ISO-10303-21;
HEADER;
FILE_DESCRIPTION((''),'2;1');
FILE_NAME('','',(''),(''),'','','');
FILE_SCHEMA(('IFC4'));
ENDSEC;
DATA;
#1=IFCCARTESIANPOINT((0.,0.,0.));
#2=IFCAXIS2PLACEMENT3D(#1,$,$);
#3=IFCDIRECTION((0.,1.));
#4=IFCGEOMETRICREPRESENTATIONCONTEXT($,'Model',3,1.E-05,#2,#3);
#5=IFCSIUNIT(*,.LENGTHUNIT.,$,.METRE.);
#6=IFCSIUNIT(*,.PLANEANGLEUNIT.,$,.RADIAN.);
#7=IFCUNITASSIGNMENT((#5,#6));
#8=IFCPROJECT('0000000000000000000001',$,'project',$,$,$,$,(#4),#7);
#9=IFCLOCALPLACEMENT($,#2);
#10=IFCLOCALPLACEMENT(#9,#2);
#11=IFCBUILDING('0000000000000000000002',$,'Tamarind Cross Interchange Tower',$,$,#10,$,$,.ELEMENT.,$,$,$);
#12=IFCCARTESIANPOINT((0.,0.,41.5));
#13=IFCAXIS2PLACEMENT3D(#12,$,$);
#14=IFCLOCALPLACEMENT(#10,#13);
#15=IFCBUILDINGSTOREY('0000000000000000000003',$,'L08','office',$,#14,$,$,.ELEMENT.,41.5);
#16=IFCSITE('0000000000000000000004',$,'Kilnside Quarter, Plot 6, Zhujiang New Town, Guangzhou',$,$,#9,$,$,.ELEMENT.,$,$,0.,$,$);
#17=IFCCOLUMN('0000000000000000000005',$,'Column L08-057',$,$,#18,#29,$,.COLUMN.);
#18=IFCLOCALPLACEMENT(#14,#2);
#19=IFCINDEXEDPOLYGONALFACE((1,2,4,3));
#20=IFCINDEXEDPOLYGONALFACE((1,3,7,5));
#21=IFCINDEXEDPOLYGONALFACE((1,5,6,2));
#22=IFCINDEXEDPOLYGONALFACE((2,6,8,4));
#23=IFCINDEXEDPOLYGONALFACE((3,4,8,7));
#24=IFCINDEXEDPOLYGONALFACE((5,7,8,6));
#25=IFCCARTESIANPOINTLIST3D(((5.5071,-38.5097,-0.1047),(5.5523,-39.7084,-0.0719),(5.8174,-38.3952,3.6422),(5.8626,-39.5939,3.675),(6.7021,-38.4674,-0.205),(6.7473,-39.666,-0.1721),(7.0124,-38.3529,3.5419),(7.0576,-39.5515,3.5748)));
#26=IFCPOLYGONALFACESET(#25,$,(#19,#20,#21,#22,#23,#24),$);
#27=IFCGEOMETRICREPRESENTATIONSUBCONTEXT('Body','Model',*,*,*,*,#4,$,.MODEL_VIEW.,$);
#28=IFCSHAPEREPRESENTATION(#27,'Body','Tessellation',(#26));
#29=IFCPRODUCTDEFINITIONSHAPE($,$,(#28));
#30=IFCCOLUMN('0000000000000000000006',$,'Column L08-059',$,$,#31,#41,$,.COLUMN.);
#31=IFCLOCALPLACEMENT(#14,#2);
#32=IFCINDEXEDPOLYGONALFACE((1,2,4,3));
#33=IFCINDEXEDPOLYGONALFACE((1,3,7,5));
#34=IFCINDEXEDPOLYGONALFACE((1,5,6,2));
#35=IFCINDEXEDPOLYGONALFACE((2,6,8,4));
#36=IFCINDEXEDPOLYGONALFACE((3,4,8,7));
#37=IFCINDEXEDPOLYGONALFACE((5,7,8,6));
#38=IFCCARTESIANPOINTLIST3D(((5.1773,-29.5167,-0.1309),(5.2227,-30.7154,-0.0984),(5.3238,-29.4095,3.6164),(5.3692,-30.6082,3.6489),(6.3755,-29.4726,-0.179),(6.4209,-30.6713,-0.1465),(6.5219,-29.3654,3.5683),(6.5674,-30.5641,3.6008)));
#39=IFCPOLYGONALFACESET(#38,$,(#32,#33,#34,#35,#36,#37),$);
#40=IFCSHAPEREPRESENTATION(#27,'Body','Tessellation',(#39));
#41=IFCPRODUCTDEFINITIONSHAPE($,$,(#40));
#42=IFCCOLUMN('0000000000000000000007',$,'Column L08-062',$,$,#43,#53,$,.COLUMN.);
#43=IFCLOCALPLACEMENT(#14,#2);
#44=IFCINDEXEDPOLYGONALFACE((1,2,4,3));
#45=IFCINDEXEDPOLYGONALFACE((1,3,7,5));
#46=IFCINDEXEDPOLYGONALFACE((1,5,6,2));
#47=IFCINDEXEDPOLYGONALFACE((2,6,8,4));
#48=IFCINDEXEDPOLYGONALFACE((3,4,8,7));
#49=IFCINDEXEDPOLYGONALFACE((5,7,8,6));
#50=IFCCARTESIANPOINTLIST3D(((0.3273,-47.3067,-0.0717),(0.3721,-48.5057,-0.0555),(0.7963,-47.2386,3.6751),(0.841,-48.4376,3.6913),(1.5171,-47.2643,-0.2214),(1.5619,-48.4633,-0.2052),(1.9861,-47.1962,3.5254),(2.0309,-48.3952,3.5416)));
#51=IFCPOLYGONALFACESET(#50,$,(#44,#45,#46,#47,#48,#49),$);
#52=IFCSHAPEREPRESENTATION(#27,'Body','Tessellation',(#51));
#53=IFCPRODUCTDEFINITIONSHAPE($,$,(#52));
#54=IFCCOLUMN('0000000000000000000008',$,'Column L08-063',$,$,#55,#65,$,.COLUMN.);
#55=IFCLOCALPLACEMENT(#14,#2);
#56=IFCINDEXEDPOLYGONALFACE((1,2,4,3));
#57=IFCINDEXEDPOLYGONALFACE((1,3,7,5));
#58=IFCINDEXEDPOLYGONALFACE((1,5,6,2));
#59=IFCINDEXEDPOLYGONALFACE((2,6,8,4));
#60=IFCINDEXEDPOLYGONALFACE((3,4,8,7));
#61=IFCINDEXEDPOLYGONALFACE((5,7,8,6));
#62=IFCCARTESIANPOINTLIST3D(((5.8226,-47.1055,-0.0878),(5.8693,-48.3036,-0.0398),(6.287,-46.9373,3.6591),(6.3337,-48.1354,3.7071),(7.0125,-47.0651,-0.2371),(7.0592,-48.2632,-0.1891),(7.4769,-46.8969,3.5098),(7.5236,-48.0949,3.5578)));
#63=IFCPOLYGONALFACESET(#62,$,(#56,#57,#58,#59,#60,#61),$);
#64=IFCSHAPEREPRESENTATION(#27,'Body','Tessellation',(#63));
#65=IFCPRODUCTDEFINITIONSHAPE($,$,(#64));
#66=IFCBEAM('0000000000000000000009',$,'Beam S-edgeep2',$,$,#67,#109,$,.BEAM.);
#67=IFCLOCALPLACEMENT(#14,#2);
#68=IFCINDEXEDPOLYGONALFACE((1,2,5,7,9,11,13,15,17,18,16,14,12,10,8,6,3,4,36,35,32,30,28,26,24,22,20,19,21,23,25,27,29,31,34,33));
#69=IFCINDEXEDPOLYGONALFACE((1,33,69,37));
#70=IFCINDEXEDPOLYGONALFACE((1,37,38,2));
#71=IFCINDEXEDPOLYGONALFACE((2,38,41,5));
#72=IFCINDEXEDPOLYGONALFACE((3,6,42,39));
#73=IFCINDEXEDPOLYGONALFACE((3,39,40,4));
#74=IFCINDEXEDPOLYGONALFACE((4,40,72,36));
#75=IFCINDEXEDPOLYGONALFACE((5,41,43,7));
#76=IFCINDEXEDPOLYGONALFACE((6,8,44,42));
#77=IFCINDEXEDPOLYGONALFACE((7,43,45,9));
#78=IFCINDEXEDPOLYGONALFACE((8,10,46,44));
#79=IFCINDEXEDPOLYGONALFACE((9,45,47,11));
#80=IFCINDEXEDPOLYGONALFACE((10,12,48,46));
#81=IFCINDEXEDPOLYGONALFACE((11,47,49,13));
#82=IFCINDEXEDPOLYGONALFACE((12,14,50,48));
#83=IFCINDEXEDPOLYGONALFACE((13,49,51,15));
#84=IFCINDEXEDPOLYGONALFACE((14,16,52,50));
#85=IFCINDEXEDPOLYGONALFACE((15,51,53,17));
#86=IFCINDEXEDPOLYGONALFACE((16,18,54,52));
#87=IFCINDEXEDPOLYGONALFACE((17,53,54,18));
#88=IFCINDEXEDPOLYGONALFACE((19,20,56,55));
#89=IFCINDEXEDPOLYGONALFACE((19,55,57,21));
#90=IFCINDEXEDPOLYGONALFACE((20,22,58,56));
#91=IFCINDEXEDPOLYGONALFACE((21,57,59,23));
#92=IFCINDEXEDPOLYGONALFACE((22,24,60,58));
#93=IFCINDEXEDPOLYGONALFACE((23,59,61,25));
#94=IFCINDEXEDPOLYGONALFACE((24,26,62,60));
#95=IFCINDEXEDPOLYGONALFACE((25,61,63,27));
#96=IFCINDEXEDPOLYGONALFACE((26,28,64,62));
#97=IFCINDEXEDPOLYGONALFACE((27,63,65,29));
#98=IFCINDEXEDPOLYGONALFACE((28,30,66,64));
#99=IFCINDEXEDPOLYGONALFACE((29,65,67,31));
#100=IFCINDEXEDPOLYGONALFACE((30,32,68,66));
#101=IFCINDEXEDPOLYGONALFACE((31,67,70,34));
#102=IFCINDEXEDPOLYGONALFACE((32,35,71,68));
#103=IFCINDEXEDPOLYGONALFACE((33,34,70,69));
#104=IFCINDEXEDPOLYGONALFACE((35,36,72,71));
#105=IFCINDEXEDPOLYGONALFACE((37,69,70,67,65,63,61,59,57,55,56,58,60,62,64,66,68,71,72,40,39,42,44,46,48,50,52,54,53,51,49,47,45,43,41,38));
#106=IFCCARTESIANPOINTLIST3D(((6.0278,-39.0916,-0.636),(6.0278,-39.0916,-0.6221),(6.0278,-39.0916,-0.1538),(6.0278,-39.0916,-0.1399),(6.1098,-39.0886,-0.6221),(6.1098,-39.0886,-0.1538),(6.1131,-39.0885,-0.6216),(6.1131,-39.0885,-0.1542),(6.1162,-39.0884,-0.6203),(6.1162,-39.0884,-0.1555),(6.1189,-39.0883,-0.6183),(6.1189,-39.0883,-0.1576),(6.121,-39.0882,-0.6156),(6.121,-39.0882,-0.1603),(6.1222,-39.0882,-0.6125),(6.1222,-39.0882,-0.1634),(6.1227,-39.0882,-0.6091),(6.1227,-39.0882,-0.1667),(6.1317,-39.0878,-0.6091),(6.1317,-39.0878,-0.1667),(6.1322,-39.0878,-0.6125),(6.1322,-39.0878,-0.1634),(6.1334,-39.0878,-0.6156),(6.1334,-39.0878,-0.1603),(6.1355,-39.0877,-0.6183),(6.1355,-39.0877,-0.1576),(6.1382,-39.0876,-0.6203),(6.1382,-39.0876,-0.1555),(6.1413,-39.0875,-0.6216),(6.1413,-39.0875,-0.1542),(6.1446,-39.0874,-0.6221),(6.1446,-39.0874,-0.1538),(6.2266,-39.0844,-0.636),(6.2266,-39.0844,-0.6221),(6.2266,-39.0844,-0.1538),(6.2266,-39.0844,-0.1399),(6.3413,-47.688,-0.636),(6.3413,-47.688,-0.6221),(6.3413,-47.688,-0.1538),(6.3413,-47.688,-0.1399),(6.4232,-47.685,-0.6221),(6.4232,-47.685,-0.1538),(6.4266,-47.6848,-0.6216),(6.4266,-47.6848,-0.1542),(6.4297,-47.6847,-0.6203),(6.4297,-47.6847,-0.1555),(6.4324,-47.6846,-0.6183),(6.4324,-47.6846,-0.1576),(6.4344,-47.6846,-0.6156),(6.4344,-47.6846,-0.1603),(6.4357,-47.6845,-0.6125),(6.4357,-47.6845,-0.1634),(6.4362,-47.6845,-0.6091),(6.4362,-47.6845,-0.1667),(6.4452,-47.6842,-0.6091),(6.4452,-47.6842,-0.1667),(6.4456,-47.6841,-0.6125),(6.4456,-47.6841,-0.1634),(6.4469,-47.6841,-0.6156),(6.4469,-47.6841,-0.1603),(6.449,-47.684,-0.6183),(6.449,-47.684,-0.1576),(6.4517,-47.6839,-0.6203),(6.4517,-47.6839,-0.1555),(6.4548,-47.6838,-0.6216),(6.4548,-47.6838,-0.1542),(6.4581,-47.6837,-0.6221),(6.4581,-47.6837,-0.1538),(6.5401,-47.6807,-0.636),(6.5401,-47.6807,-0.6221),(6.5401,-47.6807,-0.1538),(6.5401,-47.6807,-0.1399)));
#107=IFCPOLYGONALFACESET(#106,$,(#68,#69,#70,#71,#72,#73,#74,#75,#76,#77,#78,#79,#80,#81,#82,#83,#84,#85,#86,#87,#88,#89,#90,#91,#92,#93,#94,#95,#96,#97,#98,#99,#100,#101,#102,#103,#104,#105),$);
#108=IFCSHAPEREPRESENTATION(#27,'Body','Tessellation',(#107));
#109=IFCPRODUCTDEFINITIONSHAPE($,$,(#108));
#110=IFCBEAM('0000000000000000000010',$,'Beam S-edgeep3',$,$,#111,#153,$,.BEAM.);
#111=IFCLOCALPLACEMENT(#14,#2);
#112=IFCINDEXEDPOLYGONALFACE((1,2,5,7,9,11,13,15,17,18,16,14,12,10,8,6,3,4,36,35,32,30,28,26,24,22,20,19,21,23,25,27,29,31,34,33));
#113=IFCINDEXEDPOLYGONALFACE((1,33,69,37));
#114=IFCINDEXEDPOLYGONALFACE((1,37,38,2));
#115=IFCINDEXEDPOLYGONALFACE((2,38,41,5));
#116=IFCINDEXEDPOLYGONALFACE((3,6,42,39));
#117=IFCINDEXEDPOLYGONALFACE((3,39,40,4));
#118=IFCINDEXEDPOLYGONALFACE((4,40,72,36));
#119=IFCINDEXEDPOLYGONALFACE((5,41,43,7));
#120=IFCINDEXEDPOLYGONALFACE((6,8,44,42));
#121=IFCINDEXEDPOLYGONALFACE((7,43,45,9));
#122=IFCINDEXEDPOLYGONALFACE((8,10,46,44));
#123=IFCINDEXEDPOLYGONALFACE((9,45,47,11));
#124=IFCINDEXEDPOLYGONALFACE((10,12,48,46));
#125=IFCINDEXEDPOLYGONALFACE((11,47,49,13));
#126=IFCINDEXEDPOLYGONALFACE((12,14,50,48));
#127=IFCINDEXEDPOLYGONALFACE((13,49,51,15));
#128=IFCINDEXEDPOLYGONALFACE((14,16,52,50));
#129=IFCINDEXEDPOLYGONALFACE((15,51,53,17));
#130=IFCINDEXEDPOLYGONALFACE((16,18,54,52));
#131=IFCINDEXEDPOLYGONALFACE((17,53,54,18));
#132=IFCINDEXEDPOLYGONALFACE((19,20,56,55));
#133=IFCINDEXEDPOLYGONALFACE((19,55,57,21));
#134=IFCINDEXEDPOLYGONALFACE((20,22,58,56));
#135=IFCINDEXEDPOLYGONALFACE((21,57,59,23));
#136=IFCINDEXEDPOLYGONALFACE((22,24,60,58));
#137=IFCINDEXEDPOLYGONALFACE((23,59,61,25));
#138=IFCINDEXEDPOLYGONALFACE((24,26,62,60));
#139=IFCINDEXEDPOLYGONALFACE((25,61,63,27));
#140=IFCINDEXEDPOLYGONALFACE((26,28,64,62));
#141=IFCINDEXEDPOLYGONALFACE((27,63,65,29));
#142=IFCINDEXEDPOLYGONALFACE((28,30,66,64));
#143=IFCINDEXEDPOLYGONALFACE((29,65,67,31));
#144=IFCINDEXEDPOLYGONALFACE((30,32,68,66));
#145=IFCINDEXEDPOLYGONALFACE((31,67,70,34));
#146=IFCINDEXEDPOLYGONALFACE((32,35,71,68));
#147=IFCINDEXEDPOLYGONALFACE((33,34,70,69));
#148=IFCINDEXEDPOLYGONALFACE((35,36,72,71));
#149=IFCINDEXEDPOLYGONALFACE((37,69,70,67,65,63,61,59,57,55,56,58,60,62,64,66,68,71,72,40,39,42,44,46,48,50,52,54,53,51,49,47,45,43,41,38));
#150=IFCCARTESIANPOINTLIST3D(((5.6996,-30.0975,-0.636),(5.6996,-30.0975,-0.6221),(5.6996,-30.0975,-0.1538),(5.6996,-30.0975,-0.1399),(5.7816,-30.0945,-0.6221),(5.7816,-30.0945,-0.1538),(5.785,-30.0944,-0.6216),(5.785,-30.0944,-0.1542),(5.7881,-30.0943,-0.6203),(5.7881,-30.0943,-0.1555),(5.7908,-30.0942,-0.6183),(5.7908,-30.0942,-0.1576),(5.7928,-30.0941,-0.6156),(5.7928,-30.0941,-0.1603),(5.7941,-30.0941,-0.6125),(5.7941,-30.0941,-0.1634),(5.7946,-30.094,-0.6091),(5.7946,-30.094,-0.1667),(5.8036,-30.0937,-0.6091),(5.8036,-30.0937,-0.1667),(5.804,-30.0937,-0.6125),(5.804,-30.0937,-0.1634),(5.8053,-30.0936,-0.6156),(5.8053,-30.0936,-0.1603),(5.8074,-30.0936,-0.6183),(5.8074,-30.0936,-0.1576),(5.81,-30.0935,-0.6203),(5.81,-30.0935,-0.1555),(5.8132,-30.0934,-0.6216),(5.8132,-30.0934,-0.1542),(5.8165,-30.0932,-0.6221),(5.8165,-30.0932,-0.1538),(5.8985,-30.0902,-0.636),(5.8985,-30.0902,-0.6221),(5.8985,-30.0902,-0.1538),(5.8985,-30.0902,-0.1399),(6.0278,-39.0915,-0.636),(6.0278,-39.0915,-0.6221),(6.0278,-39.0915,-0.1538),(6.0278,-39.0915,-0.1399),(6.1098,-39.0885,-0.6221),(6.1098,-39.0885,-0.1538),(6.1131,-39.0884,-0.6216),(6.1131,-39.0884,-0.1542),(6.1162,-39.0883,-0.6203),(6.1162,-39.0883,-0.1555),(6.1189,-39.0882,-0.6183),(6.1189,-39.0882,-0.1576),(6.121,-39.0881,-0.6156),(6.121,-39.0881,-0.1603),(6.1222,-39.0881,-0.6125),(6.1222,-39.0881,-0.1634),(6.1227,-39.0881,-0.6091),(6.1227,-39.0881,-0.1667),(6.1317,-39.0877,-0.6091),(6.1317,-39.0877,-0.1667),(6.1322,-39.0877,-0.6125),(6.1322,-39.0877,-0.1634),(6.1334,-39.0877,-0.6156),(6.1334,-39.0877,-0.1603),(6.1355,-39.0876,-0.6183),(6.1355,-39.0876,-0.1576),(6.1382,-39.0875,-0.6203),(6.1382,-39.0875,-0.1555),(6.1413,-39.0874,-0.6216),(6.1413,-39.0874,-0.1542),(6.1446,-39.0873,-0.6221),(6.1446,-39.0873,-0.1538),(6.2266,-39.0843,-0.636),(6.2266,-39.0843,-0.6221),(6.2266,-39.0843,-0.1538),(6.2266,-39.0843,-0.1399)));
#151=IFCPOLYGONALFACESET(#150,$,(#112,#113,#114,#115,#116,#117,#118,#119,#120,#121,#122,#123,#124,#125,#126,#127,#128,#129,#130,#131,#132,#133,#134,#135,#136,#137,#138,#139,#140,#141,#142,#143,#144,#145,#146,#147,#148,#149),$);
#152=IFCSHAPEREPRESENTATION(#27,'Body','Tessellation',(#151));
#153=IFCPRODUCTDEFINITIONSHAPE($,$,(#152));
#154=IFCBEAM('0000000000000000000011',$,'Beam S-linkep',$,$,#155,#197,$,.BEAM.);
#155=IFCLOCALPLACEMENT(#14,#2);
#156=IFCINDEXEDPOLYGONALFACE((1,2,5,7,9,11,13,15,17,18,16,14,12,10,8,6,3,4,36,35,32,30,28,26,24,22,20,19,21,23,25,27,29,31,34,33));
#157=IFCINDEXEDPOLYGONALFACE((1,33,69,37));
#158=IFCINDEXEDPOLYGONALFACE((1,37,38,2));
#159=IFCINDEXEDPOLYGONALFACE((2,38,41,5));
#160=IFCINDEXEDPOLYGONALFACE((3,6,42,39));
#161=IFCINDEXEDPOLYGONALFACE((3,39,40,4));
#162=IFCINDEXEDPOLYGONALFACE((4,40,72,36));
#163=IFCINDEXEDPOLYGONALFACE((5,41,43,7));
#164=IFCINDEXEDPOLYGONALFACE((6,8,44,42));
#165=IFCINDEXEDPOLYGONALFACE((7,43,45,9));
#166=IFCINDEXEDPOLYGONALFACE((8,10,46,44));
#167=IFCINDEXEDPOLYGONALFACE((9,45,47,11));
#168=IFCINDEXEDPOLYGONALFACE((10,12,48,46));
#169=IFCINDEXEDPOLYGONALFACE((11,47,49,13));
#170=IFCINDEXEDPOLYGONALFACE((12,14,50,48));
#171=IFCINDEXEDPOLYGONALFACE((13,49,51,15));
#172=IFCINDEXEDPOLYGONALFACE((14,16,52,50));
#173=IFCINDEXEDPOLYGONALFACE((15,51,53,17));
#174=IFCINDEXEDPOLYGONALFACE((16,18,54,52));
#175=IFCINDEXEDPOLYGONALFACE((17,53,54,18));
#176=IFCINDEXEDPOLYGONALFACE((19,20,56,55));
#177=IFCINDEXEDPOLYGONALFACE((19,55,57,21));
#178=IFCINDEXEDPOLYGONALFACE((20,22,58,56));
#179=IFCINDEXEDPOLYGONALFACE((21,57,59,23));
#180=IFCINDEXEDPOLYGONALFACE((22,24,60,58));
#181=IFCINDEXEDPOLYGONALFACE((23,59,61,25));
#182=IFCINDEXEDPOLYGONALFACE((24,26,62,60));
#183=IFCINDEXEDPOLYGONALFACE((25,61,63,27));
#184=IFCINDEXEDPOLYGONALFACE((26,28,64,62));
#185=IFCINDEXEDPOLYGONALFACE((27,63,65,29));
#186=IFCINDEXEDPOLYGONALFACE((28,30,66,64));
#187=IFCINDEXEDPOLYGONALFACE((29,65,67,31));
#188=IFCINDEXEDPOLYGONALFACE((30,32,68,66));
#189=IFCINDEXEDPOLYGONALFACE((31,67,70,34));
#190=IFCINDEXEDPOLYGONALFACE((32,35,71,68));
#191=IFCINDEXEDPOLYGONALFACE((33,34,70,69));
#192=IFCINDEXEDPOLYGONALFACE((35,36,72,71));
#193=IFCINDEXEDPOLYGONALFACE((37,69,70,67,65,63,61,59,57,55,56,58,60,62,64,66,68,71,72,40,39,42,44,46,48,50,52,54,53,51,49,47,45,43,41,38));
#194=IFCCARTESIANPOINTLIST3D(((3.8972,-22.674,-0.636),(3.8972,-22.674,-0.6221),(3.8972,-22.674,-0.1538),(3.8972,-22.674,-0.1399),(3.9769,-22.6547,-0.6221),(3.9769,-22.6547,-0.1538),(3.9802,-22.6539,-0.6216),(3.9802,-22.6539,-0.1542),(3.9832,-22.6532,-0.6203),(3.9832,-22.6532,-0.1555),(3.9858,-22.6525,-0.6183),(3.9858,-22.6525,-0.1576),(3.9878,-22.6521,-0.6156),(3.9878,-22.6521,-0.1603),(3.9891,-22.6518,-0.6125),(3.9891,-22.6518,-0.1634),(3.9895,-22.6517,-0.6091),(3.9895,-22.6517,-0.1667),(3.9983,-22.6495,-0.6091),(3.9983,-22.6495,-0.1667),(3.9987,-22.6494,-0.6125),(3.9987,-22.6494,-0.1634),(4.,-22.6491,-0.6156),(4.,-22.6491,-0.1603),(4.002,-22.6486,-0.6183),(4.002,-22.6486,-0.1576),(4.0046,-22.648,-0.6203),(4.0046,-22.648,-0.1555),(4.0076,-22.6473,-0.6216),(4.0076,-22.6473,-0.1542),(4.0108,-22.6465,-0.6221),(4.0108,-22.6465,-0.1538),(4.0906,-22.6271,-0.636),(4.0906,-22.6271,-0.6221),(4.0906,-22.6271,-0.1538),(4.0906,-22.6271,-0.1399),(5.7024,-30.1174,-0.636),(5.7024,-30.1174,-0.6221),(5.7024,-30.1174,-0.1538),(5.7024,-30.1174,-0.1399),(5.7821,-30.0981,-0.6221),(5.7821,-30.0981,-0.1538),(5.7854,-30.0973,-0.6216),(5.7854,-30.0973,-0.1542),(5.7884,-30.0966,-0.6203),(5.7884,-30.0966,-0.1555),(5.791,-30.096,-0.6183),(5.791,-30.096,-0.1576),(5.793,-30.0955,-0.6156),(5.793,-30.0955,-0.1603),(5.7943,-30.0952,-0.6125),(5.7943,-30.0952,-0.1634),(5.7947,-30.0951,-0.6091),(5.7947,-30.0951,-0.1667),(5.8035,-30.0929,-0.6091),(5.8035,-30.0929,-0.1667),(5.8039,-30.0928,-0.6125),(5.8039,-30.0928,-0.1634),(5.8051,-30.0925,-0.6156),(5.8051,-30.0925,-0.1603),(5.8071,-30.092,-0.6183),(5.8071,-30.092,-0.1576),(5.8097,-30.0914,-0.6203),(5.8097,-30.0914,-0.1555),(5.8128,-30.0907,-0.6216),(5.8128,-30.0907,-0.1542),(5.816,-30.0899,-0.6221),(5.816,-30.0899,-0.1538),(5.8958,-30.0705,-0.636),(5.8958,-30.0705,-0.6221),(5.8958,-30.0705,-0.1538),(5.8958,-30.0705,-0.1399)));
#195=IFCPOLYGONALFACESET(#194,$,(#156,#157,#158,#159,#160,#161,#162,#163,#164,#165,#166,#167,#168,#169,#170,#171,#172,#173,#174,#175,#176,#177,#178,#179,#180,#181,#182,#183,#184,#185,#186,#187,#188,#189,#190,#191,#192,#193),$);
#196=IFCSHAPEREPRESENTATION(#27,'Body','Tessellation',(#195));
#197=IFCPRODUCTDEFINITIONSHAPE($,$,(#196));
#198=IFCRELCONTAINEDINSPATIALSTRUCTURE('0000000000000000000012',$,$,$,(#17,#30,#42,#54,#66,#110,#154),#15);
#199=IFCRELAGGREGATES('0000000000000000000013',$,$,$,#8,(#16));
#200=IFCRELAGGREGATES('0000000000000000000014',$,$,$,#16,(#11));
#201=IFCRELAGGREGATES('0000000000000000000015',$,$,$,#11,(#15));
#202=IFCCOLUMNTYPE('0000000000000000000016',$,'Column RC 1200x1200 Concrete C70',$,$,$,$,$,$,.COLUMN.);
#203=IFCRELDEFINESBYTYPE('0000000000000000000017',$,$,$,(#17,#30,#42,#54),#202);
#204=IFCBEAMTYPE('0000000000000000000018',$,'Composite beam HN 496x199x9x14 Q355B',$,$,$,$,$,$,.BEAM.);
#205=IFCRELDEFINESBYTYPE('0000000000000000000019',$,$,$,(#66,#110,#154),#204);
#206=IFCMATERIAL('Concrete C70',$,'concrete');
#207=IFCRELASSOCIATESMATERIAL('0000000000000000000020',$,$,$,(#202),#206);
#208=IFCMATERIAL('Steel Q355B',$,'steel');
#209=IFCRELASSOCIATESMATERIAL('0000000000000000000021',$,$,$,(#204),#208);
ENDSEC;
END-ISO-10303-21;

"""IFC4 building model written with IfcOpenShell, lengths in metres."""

from ifc_helpers import new_model, si_unit, direction, frame, origin, origin_2d, place, context, subcontext, project, spatial, rectangle, i_section, extrude, material, material_profile, profile_set, type_object, element, save


model = new_model("IFC4")

# Units and contexts
model_context = context("Model", 3, precision=1e-05, world=origin(), true_north=direction((0.0, 1.0)))
body_context = subcontext(model_context, "Body", "Model", "MODEL_VIEW")
ifc_project = project(units=[si_unit("LENGTHUNIT", "METRE"), si_unit("PLANEANGLEUNIT", "RADIAN")], contexts=[model_context])

# Site, building, storey
site_placement = place(None, origin())
site = spatial("IfcSite", under=ifc_project, at=site_placement, Name="Kilnside Quarter, Plot 6, Zhujiang New Town, Guangzhou", CompositionType="ELEMENT", RefElevation=0.0)
building_placement = place(site_placement, origin())
building = spatial("IfcBuilding", under=site, at=building_placement, Name="Tamarind Cross Interchange Tower", CompositionType="ELEMENT")
storey_placement = place(building_placement, frame((0.0, 0.0, 41.5)))
storey = spatial("IfcBuildingStorey", under=building, at=storey_placement, Name="L08", Description="office", CompositionType="ELEMENT", Elevation=41.5)

# Columns
ifc_material_1 = material(Name="Concrete C70", Category="concrete")
ifc_material_profile_1 = material_profile(ifc_material_1, rectangle(XDim=1.2, YDim=1.2, at=origin_2d()), Name="RC 1200x1200")
ifc_profile_set_1 = profile_set([ifc_material_profile_1], Name="Concrete C70")
column_type = type_object("IfcColumnType", Name="Column RC 1200x1200 Concrete C70", PredefinedType="COLUMN", material=ifc_profile_set_1)
column_1_placement = place(storey_placement, frame((6.1272, -39.0879, -0.1384), z_axis=(0.082497, 0.030441, 0.996126), x_axis=(-0.995878, -0.035287, 0.083554)))
element("IfcColumn", 1, at=column_1_placement, inside=storey, type_object=column_type, Name="Column L08-057", PredefinedType="COLUMN", context=body_context, shape_type="SweptSolid", body=[
    extrude(rectangle(XDim=1.2, YDim=1.2, at=origin_2d()), origin(), (0.0, 0.0, 1.0), 3.7615),
])
column_2_placement = place(storey_placement, frame((5.7991, -30.094, -0.1387), z_axis=(0.039045, 0.028568, 0.998829), x_axis=(-0.99852, -0.036748, 0.040084)))
element("IfcColumn", 2, at=column_2_placement, inside=storey, type_object=column_type, Name="Column L08-059", PredefinedType="COLUMN", context=body_context, shape_type="SweptSolid", body=[
    extrude(rectangle(XDim=1.2, YDim=1.2, at=origin_2d()), origin(), (0.0, 0.0, 1.0), 3.7517),
])
column_3_placement = place(storey_placement, frame((0.9446, -47.885, -0.1384), z_axis=(0.124182, 0.018036, 0.992096), x_axis=(-0.991558, -0.035343, 0.124757)))
element("IfcColumn", 3, at=column_3_placement, inside=storey, type_object=column_type, Name="Column L08-062", PredefinedType="COLUMN", context=body_context, shape_type="SweptSolid", body=[
    extrude(rectangle(XDim=1.2, YDim=1.2, at=origin_2d()), origin(), (0.0, 0.0, 1.0), 3.7766),
])
column_4_placement = place(storey_placement, frame((6.4409, -47.6843, -0.1384), z_axis=(0.12287, 0.04451, 0.991424), x_axis=(-0.991659, -0.033684, 0.124412)))
element("IfcColumn", 4, at=column_4_placement, inside=storey, type_object=column_type, Name="Column L08-063", PredefinedType="COLUMN", context=body_context, shape_type="SweptSolid", body=[
    extrude(rectangle(XDim=1.2, YDim=1.2, at=origin_2d()), origin(), (0.0, 0.0, 1.0), 3.7793),
])

# Beams
ifc_material_2 = material(Name="Steel Q355B", Category="steel")
ifc_material_profile_2 = material_profile(ifc_material_2, i_section(OverallWidth=0.199, OverallDepth=0.4961, WebThickness=0.009, FlangeThickness=0.0139, FilletRadius=0.0129, at=origin_2d()), Name="HN 496x199x9x14")
ifc_profile_set_2 = profile_set([ifc_material_profile_2], Name="Steel Q355B")
beam_type_1 = type_object("IfcBeamType", Name="Composite beam HN 496x199x9x14 Q355B", PredefinedType="BEAM", material=ifc_profile_set_2)
beam_1_placement = place(storey_placement, frame((6.4407, -47.6843, -0.3879), z_axis=(-0.036442, 0.999336, 0.0), x_axis=(-0.999336, -0.036442, 0.0)))
element("IfcBeam", 5, at=beam_1_placement, inside=storey, type_object=beam_type_1, Name="Beam S-edgeep2", PredefinedType="BEAM", context=body_context, shape_type="SweptSolid", body=[
    extrude(i_section(OverallWidth=0.199, OverallDepth=0.4961, WebThickness=0.009, FlangeThickness=0.0139, FilletRadius=0.0129, at=origin_2d()), origin(), (0.0, 0.0, 1.0), 8.6021),
])
beam_2_placement = place(storey_placement, frame((6.1272, -39.0879, -0.3879), z_axis=(-0.036459, 0.999335, 0.0), x_axis=(-0.999335, -0.036459, 0.0)))
element("IfcBeam", 6, at=beam_2_placement, inside=storey, type_object=beam_type_1, Name="Beam S-edgeep3", PredefinedType="BEAM", context=body_context, shape_type="SweptSolid", body=[
    extrude(i_section(OverallWidth=0.199, OverallDepth=0.4961, WebThickness=0.009, FlangeThickness=0.0139, FilletRadius=0.0129, at=origin_2d()), origin(), (0.0, 0.0, 1.0), 9.0),
])
beam_3_placement = place(storey_placement, frame((5.7991, -30.094, -0.3879), z_axis=(-0.235689, 0.971828, 0.0), x_axis=(-0.971828, -0.235689, 0.0)))
element("IfcBeam", 7, at=beam_3_placement, inside=storey, type_object=beam_type_1, Name="Beam S-linkep", PredefinedType="BEAM", context=body_context, shape_type="SweptSolid", body=[
    extrude(i_section(OverallWidth=0.199, OverallDepth=0.4961, WebThickness=0.009, FlangeThickness=0.0139, FilletRadius=0.0129, at=origin_2d()), origin(), (0.0, 0.0, 1.0), 7.6592),
])

save(model, "model.ifc")
